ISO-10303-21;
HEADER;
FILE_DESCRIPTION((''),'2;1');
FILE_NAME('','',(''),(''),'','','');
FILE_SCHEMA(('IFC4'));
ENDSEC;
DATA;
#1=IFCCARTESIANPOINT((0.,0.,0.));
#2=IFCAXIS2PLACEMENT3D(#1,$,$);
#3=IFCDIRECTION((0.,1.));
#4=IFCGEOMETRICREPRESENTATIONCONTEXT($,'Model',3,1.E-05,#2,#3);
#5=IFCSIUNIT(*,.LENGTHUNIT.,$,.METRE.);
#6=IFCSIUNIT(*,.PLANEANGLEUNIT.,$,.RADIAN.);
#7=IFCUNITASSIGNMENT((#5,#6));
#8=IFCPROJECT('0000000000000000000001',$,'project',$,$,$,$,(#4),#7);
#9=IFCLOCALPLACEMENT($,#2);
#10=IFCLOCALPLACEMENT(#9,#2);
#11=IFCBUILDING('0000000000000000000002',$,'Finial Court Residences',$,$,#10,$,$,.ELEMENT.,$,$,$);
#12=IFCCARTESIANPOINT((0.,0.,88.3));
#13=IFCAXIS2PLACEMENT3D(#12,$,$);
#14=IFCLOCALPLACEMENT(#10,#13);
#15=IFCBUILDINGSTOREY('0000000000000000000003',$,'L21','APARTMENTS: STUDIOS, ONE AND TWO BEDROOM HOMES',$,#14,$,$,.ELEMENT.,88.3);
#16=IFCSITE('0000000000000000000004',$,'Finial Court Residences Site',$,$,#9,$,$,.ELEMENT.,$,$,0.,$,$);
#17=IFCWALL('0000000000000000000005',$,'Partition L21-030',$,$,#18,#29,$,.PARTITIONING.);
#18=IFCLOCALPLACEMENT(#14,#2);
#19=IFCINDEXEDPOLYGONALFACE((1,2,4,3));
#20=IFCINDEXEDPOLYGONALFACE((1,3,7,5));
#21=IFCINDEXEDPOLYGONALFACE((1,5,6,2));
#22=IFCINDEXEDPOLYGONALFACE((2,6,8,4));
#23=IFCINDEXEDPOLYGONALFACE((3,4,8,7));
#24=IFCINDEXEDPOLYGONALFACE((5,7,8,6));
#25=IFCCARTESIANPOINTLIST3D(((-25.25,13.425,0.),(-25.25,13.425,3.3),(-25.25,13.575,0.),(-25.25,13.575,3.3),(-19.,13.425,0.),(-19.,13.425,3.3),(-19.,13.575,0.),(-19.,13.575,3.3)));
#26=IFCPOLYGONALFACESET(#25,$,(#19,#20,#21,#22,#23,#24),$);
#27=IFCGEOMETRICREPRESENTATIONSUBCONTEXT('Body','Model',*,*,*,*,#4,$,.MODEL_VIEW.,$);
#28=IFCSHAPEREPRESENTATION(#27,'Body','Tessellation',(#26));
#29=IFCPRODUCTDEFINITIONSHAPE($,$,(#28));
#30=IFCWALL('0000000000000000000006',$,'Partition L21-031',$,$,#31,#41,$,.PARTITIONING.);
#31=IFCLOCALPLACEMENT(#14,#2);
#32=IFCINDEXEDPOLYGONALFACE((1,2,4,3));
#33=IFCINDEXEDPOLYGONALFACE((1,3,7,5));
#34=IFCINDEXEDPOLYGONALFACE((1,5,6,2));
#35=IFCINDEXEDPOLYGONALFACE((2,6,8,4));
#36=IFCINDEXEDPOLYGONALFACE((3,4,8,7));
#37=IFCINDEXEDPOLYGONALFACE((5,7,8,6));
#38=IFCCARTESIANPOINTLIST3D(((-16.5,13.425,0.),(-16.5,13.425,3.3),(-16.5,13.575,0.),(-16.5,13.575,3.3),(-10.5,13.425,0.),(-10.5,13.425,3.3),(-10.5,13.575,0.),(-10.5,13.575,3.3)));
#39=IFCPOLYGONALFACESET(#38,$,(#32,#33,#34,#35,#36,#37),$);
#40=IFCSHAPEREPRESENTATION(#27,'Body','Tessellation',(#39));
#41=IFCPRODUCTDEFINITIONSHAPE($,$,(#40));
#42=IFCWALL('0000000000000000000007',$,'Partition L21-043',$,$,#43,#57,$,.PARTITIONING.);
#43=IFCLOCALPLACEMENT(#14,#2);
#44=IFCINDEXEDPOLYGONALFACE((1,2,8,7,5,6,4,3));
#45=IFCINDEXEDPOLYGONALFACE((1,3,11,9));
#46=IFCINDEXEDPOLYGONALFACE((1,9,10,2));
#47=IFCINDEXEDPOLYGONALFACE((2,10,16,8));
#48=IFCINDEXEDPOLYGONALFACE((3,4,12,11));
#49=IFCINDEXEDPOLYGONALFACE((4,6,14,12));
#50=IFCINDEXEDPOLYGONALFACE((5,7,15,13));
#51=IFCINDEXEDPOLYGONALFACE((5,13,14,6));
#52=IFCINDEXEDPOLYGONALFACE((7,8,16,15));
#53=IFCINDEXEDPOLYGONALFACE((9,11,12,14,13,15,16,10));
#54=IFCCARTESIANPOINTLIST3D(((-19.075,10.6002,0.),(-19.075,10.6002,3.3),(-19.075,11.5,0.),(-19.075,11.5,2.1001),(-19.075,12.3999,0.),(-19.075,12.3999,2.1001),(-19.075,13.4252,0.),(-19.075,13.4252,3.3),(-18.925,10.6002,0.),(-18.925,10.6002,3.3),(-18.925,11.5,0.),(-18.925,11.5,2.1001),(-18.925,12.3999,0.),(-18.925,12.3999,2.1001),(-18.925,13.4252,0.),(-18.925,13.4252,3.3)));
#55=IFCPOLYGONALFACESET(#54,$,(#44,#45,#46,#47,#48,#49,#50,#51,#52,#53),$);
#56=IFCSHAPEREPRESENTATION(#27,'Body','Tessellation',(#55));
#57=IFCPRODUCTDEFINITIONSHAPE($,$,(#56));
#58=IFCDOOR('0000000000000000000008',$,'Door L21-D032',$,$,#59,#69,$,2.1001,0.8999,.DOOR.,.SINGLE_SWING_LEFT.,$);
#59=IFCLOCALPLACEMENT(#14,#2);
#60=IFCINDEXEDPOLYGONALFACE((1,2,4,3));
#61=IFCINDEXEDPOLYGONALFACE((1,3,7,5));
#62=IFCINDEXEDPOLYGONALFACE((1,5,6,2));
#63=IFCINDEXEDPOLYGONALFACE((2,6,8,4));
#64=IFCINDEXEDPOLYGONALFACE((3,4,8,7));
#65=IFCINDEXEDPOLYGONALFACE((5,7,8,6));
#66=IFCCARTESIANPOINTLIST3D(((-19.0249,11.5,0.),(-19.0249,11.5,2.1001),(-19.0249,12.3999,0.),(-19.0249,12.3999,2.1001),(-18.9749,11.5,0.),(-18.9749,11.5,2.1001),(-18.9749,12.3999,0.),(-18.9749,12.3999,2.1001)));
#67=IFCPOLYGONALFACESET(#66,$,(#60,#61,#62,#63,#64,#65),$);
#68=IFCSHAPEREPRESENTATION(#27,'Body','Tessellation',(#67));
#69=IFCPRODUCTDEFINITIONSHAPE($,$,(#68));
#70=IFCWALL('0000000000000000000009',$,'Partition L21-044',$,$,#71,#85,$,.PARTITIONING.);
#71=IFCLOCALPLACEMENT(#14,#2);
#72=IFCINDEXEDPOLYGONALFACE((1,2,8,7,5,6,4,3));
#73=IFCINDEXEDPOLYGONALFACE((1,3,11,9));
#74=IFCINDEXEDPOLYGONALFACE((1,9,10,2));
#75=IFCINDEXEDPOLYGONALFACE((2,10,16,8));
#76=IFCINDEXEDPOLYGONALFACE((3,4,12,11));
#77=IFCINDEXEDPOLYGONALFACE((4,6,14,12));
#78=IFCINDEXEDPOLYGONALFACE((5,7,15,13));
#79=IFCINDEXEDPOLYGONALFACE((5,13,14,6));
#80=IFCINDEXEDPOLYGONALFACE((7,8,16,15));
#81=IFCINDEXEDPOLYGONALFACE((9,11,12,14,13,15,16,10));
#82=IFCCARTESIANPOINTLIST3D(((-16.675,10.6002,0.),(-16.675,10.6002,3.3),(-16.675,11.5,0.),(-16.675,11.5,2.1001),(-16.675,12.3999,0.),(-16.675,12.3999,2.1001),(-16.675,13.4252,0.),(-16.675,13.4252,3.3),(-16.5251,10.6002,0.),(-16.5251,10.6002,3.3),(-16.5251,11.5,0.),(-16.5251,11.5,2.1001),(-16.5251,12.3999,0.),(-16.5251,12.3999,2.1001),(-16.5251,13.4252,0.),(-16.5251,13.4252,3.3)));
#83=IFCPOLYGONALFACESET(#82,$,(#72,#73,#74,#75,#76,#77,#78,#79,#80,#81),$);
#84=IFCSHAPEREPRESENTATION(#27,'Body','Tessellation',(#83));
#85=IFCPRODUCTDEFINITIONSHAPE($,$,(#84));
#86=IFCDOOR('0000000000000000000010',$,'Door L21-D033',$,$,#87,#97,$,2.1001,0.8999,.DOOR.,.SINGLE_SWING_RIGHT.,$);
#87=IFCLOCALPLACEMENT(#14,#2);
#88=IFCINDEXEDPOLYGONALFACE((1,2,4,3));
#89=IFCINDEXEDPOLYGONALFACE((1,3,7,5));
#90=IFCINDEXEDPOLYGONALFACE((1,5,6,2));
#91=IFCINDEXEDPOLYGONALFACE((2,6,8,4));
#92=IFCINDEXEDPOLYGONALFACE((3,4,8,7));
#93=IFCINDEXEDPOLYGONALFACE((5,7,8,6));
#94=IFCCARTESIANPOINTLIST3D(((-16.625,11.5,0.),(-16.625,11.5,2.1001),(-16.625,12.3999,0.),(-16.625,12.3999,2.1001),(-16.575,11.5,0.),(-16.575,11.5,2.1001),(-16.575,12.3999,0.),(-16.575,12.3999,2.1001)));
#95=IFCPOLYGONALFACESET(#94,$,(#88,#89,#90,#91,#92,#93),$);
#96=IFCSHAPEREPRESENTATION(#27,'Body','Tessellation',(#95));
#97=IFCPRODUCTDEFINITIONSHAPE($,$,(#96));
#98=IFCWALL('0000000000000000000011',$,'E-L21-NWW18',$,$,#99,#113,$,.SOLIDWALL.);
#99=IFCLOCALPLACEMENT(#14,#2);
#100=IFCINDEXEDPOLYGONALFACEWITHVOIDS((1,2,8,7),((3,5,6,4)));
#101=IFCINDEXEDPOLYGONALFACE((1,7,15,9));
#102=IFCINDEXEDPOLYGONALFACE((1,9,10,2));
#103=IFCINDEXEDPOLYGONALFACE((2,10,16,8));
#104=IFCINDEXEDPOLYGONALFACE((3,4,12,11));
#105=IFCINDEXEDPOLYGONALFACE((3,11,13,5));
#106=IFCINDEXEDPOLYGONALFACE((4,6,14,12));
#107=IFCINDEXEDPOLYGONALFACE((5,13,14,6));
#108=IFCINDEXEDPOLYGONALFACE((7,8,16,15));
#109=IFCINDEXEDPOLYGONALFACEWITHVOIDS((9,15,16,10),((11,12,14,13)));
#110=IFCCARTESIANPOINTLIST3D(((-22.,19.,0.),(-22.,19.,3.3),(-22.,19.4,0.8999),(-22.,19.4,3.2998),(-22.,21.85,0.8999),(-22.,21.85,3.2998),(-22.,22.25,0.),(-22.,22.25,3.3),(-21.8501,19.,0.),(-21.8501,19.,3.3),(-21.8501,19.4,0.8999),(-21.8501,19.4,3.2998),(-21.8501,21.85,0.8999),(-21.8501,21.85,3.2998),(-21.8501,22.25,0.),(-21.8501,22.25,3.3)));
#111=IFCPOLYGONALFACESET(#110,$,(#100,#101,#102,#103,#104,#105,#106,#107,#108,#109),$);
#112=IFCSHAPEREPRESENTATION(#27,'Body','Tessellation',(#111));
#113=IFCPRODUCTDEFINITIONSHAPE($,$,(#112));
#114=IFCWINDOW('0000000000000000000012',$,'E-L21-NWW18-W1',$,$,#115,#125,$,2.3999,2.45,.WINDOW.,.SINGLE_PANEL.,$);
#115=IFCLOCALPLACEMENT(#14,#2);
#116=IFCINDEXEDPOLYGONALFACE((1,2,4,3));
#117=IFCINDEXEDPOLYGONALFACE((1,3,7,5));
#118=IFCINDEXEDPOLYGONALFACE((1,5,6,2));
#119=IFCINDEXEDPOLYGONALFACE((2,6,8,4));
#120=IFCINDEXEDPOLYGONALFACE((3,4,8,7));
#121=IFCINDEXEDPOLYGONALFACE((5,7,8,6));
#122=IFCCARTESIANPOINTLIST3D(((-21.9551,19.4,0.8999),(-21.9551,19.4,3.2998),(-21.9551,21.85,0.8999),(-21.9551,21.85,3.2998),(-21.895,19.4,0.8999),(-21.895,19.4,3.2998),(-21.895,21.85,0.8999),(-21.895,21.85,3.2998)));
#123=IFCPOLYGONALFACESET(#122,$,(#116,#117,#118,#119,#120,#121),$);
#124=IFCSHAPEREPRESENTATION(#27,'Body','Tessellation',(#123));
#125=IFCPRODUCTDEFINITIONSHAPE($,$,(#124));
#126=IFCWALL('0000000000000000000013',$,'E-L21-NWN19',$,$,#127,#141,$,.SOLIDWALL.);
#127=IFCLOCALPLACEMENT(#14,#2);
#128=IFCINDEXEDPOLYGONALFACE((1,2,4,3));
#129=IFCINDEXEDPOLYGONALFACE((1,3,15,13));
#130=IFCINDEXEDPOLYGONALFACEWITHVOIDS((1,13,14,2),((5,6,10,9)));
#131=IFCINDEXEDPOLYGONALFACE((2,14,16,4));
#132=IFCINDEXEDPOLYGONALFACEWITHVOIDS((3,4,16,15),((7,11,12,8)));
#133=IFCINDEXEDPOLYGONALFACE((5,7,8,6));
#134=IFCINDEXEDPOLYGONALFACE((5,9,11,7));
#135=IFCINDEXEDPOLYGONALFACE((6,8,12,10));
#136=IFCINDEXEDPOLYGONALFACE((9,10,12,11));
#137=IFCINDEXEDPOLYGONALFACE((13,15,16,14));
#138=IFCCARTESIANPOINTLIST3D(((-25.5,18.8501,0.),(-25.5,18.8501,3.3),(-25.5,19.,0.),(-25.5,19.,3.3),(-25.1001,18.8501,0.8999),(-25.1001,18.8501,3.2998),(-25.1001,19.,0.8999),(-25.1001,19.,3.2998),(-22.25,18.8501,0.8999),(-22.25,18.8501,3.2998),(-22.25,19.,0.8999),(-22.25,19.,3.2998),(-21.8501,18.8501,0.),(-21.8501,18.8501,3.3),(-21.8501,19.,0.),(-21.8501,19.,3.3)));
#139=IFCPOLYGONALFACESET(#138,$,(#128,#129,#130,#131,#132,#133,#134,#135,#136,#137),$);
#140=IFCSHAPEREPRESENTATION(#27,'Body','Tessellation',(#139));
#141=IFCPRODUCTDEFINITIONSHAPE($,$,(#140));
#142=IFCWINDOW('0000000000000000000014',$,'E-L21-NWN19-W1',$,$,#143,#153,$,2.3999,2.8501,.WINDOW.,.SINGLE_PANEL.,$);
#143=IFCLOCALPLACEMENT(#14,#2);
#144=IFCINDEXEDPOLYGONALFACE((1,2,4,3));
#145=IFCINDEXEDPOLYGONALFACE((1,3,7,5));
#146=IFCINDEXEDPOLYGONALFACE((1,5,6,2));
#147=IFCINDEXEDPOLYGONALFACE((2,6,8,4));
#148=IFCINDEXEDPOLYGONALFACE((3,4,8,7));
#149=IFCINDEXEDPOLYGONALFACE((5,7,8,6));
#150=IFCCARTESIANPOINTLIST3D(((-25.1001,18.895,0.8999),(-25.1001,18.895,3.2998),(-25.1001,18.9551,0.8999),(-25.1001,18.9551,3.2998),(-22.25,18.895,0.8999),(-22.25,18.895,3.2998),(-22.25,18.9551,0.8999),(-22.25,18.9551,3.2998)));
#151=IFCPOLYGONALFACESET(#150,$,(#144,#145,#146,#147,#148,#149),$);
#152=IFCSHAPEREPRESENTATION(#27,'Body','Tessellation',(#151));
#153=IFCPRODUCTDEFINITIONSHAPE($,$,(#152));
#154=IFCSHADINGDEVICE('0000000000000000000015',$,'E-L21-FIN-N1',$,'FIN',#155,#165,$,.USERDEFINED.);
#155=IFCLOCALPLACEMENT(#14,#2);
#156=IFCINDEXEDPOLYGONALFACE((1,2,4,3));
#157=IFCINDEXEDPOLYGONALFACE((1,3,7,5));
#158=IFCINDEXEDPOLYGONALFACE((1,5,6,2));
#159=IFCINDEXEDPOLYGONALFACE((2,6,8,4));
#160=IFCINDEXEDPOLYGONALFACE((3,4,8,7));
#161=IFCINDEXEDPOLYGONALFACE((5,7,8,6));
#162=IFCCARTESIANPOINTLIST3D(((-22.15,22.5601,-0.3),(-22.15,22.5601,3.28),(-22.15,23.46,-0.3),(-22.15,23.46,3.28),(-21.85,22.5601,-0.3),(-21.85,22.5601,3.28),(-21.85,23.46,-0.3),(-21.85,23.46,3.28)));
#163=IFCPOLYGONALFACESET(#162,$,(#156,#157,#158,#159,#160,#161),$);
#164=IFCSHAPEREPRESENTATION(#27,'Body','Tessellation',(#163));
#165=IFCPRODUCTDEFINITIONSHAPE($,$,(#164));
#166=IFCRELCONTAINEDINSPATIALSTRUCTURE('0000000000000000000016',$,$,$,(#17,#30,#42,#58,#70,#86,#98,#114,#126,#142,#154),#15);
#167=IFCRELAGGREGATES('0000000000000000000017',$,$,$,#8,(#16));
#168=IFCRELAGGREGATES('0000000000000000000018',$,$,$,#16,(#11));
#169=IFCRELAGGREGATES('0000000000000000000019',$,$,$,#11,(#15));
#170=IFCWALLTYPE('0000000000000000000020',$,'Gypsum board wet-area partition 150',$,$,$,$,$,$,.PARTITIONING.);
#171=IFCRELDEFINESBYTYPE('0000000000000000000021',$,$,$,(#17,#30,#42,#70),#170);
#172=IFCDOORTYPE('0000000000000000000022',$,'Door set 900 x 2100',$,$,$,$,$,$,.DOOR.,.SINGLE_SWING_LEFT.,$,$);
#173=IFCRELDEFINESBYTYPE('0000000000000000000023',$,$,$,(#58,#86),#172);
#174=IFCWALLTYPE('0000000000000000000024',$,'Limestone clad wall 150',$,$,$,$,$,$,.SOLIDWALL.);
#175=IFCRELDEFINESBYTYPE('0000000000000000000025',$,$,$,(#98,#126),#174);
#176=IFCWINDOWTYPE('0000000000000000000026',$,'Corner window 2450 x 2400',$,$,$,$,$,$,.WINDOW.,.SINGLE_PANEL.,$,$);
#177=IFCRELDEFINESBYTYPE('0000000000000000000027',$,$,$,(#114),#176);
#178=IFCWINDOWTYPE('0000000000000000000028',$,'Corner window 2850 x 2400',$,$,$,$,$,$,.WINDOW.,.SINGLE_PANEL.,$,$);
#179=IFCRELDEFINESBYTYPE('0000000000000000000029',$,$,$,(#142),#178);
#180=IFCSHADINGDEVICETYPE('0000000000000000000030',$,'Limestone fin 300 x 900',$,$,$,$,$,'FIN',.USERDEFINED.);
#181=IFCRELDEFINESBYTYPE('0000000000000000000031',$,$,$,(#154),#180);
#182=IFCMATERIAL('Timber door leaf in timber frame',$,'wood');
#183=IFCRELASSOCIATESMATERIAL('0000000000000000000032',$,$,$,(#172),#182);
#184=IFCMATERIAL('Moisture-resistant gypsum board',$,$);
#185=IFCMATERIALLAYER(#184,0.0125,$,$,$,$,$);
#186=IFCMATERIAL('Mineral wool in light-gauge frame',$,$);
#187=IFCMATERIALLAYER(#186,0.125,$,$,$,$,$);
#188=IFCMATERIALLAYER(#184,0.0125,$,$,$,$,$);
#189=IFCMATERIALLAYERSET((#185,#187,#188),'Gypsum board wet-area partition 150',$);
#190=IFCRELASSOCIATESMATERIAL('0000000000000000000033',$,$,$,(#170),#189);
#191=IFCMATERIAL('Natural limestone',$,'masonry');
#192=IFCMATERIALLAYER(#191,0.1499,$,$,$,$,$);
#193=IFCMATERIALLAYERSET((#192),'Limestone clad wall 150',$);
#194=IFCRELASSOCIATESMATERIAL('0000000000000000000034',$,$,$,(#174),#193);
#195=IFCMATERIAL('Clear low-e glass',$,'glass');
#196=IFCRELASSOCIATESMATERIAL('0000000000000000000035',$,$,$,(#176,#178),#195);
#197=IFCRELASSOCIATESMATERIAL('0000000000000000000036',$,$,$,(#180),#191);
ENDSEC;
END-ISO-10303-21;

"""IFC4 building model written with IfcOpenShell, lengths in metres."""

from ifc_helpers import new_model, si_unit, direction, frame, frame_2d, origin, origin_2d, place, context, subcontext, project, spatial, rectangle, extrude, material, layer, layer_set, type_object, element, fill, save


model = new_model("IFC4")

# Units and contexts
model_context = context("Model", 3, precision=1e-05, world=origin(), true_north=direction((0.0, 1.0)))
body_context = subcontext(model_context, "Body", "Model", "MODEL_VIEW")
ifc_project = project(units=[si_unit("LENGTHUNIT", "METRE"), si_unit("PLANEANGLEUNIT", "RADIAN")], contexts=[model_context])

# Site, building, storey
site_placement = place(None, origin())
site = spatial("IfcSite", under=ifc_project, at=site_placement, Name="Finial Court Residences Site", CompositionType="ELEMENT", RefElevation=0.0)
building_placement = place(site_placement, origin())
building = spatial("IfcBuilding", under=site, at=building_placement, Name="Finial Court Residences", CompositionType="ELEMENT")
storey_placement = place(building_placement, frame((0.0, 0.0, 88.3)))
storey = spatial("IfcBuildingStorey", under=building, at=storey_placement, Name="L21", Description="APARTMENTS: STUDIOS, ONE AND TWO BEDROOM HOMES", CompositionType="ELEMENT", Elevation=88.3)

# Shared definitions
ifc_material_1 = material(Name="Clear low-e glass", Category="glass")

# Shared definitions
ifc_material_2 = material(Name="Mineral wool in light-gauge frame")
ifc_material_3 = material(Name="Timber door leaf in timber frame", Category="wood")
door_type = type_object("IfcDoorType", Name="Door set 900 x 2100", OperationType="SINGLE_SWING_LEFT", PredefinedType="DOOR", material=ifc_material_3)

# Walls
ifc_material_4 = material(Name="Moisture-resistant gypsum board")
ifc_layer_1 = layer(ifc_material_4, 0.0125)
ifc_layer_2 = layer(ifc_material_2, 0.125)
ifc_layer_3 = layer(ifc_material_4, 0.0125)
ifc_layer_set_1 = layer_set([ifc_layer_1, ifc_layer_2, ifc_layer_3], Name="Gypsum board wet-area partition 150")
wall_type_1 = type_object("IfcWallType", Name="Gypsum board wet-area partition 150", PredefinedType="PARTITIONING", material=ifc_layer_set_1)
wall_1_placement = place(storey_placement, frame((-25.25, 13.5, 0.0), z_axis=(0.0, 0.0, 1.0), x_axis=(1.0, 0.0, 0.0)))
element("IfcWall", 1, at=wall_1_placement, inside=storey, type_object=wall_type_1, Name="Partition L21-030", PredefinedType="PARTITIONING", context=body_context, shape_type="SweptSolid", body=[
    extrude(rectangle(XDim=6.25, YDim=0.1499, at=frame_2d((3.125, 0.0))), origin(), (0.0, 0.0, 1.0), 3.3),
])
wall_2_placement = place(storey_placement, frame((-16.5, 13.5, 0.0), z_axis=(0.0, 0.0, 1.0), x_axis=(1.0, 0.0, 0.0)))
element("IfcWall", 2, at=wall_2_placement, inside=storey, type_object=wall_type_1, Name="Partition L21-031", PredefinedType="PARTITIONING", context=body_context, shape_type="SweptSolid", body=[
    extrude(rectangle(XDim=6.0, YDim=0.1499, at=frame_2d((3.0, 0.0))), origin(), (0.0, 0.0, 1.0), 3.3),
])

# Walls, openings, doors
wall_3_placement = place(storey_placement, frame((-19.0, 10.6001, 0.0), z_axis=(0.0, 0.0, 1.0), x_axis=(0.0, 1.0, 0.0)))
wall_3 = element("IfcWall", 3, at=wall_3_placement, inside=storey, type_object=wall_type_1, Name="Partition L21-043", PredefinedType="PARTITIONING", context=body_context, shape_type="SweptSolid", body=[
    extrude(rectangle(XDim=2.825, YDim=0.1499, at=frame_2d((1.4126, 0.0))), origin(), (0.0, 0.0, 1.0), 3.3),
])
opening_1_placement = place(wall_3_placement, frame((0.8999, 0.0, 0.0)))
opening_1 = element("IfcOpeningElement", 4, at=opening_1_placement, cuts=wall_3, PredefinedType="OPENING", context=body_context, shape_type="SweptSolid", body=[
    extrude(rectangle(XDim=0.8999, YDim=2.1001, at=frame_2d((0.45, 1.05))), frame((0.0, 0.085, 0.0), z_axis=(0.0, -1.0, 0.0), x_axis=(1.0, 0.0, 0.0)), (0.0, 0.0, 1.0), 0.1699),
])
door_1_placement = place(opening_1_placement, origin())
door_1 = element("IfcDoor", 5, at=door_1_placement, inside=storey, type_object=door_type, Name="Door L21-D032", OperationType="SINGLE_SWING_LEFT", OverallHeight=2.1001, OverallWidth=0.8999, PredefinedType="DOOR", context=body_context, shape_type="SweptSolid", body=[
    extrude(rectangle(XDim=0.8999, YDim=2.1001, at=frame_2d((0.45, 1.05))), frame((0.0, 0.0249, 0.0), z_axis=(0.0, -1.0, 0.0), x_axis=(1.0, 0.0, 0.0)), (0.0, 0.0, 1.0), 0.05),
])
fill(opening_1, door_1)
wall_4_placement = place(storey_placement, frame((-16.6001, 10.6001, 0.0), z_axis=(0.0, 0.0, 1.0), x_axis=(0.0, 1.0, 0.0)))
wall_4 = element("IfcWall", 6, at=wall_4_placement, inside=storey, type_object=wall_type_1, Name="Partition L21-044", PredefinedType="PARTITIONING", context=body_context, shape_type="SweptSolid", body=[
    extrude(rectangle(XDim=2.825, YDim=0.1499, at=frame_2d((1.4126, 0.0))), origin(), (0.0, 0.0, 1.0), 3.3),
])
opening_2_placement = place(wall_4_placement, frame((0.8999, 0.0, 0.0)))
opening_2 = element("IfcOpeningElement", 7, at=opening_2_placement, cuts=wall_4, PredefinedType="OPENING", context=body_context, shape_type="SweptSolid", body=[
    extrude(rectangle(XDim=0.8999, YDim=2.1001, at=frame_2d((0.45, 1.05))), frame((0.0, 0.085, 0.0), z_axis=(0.0, -1.0, 0.0), x_axis=(1.0, 0.0, 0.0)), (0.0, 0.0, 1.0), 0.1699),
])
door_2_placement = place(opening_2_placement, origin())
door_2 = element("IfcDoor", 8, at=door_2_placement, inside=storey, type_object=door_type, Name="Door L21-D033", OperationType="SINGLE_SWING_RIGHT", OverallHeight=2.1001, OverallWidth=0.8999, PredefinedType="DOOR", context=body_context, shape_type="SweptSolid", body=[
    extrude(rectangle(XDim=0.8999, YDim=2.1001, at=frame_2d((0.45, 1.05))), frame((0.0, 0.0249, 0.0), z_axis=(0.0, -1.0, 0.0), x_axis=(1.0, 0.0, 0.0)), (0.0, 0.0, 1.0), 0.05),
])
fill(opening_2, door_2)

# Walls, openings, windows
ifc_material_5 = material(Name="Natural limestone", Category="masonry")
ifc_layer_4 = layer(ifc_material_5, 0.1499)
ifc_layer_set_2 = layer_set([ifc_layer_4], Name="Limestone clad wall 150")
wall_type_2 = type_object("IfcWallType", Name="Limestone clad wall 150", PredefinedType="SOLIDWALL", material=ifc_layer_set_2)
wall_5_placement = place(storey_placement, frame((-21.925, 19.0, 0.0), z_axis=(0.0, 0.0, 1.0), x_axis=(0.0, 1.0, 0.0)))
wall_5 = element("IfcWall", 9, at=wall_5_placement, inside=storey, type_object=wall_type_2, Name="E-L21-NWW18", PredefinedType="SOLIDWALL", context=body_context, shape_type="SweptSolid", body=[
    extrude(rectangle(XDim=3.25, YDim=0.1499, at=frame_2d((1.625, 0.0))), origin(), (0.0, 0.0, 1.0), 3.3),
])
opening_3_placement = place(wall_5_placement, frame((0.3999, 0.0, 0.8999)))
opening_3 = element("IfcOpeningElement", 10, at=opening_3_placement, cuts=wall_5, PredefinedType="OPENING", context=body_context, shape_type="SweptSolid", body=[
    extrude(rectangle(XDim=2.45, YDim=2.3999, at=frame_2d((1.2251, 1.2))), frame((0.0, 0.085, 0.0), z_axis=(0.0, -1.0, 0.0), x_axis=(1.0, 0.0, 0.0)), (0.0, 0.0, 1.0), 0.1699),
])
window_type_1 = type_object("IfcWindowType", Name="Corner window 2450 x 2400", PartitioningType="SINGLE_PANEL", PredefinedType="WINDOW", material=ifc_material_1)
window_1_placement = place(opening_3_placement, origin())
window_1 = element("IfcWindow", 11, at=window_1_placement, inside=storey, type_object=window_type_1, Name="E-L21-NWW18-W1", OverallHeight=2.3999, OverallWidth=2.45, PartitioningType="SINGLE_PANEL", PredefinedType="WINDOW", context=body_context, shape_type="SweptSolid", body=[
    extrude(rectangle(XDim=2.45, YDim=2.3999, at=frame_2d((1.2251, 1.2))), frame((0.0, 0.03, 0.0), z_axis=(0.0, -1.0, 0.0), x_axis=(1.0, 0.0, 0.0)), (0.0, 0.0, 1.0), 0.0601),
])
fill(opening_3, window_1)
wall_6_placement = place(storey_placement, frame((-25.5, 18.925, 0.0), z_axis=(0.0, 0.0, 1.0), x_axis=(1.0, 0.0, 0.0)))
wall_6 = element("IfcWall", 12, at=wall_6_placement, inside=storey, type_object=wall_type_2, Name="E-L21-NWN19", PredefinedType="SOLIDWALL", context=body_context, shape_type="SweptSolid", body=[
    extrude(rectangle(XDim=3.6499, YDim=0.1499, at=frame_2d((1.825, 0.0))), origin(), (0.0, 0.0, 1.0), 3.3),
])
opening_4_placement = place(wall_6_placement, frame((0.3999, 0.0, 0.8999)))
opening_4 = element("IfcOpeningElement", 13, at=opening_4_placement, cuts=wall_6, PredefinedType="OPENING", context=body_context, shape_type="SweptSolid", body=[
    extrude(rectangle(XDim=2.8501, YDim=2.3999, at=frame_2d((1.425, 1.2))), frame((0.0, 0.085, 0.0), z_axis=(0.0, -1.0, 0.0), x_axis=(1.0, 0.0, 0.0)), (0.0, 0.0, 1.0), 0.1699),
])
window_type_2 = type_object("IfcWindowType", Name="Corner window 2850 x 2400", PartitioningType="SINGLE_PANEL", PredefinedType="WINDOW", material=ifc_material_1)
window_2_placement = place(opening_4_placement, origin())
window_2 = element("IfcWindow", 14, at=window_2_placement, inside=storey, type_object=window_type_2, Name="E-L21-NWN19-W1", OverallHeight=2.3999, OverallWidth=2.8501, PartitioningType="SINGLE_PANEL", PredefinedType="WINDOW", context=body_context, shape_type="SweptSolid", body=[
    extrude(rectangle(XDim=2.8501, YDim=2.3999, at=frame_2d((1.425, 1.2))), frame((0.0, 0.03, 0.0), z_axis=(0.0, -1.0, 0.0), x_axis=(1.0, 0.0, 0.0)), (0.0, 0.0, 1.0), 0.0601),
])
fill(opening_4, window_2)

# Shading device
shading_device_type = type_object("IfcShadingDeviceType", Name="Limestone fin 300 x 900", ElementType="FIN", PredefinedType="USERDEFINED", material=ifc_material_5)
shading_device_placement = place(storey_placement, frame((-22.0, 23.01, -0.3), z_axis=(0.0, 0.0, 1.0), x_axis=(1.0, 0.0, 0.0)))
element("IfcShadingDevice", 15, at=shading_device_placement, inside=storey, type_object=shading_device_type, Name="E-L21-FIN-N1", ObjectType="FIN", PredefinedType="USERDEFINED", context=body_context, shape_type="SweptSolid", body=[
    extrude(rectangle(XDim=0.3, YDim=0.8999, at=origin_2d()), origin(), (0.0, 0.0, 1.0), 3.5801),
])

save(model, "model.ifc")
